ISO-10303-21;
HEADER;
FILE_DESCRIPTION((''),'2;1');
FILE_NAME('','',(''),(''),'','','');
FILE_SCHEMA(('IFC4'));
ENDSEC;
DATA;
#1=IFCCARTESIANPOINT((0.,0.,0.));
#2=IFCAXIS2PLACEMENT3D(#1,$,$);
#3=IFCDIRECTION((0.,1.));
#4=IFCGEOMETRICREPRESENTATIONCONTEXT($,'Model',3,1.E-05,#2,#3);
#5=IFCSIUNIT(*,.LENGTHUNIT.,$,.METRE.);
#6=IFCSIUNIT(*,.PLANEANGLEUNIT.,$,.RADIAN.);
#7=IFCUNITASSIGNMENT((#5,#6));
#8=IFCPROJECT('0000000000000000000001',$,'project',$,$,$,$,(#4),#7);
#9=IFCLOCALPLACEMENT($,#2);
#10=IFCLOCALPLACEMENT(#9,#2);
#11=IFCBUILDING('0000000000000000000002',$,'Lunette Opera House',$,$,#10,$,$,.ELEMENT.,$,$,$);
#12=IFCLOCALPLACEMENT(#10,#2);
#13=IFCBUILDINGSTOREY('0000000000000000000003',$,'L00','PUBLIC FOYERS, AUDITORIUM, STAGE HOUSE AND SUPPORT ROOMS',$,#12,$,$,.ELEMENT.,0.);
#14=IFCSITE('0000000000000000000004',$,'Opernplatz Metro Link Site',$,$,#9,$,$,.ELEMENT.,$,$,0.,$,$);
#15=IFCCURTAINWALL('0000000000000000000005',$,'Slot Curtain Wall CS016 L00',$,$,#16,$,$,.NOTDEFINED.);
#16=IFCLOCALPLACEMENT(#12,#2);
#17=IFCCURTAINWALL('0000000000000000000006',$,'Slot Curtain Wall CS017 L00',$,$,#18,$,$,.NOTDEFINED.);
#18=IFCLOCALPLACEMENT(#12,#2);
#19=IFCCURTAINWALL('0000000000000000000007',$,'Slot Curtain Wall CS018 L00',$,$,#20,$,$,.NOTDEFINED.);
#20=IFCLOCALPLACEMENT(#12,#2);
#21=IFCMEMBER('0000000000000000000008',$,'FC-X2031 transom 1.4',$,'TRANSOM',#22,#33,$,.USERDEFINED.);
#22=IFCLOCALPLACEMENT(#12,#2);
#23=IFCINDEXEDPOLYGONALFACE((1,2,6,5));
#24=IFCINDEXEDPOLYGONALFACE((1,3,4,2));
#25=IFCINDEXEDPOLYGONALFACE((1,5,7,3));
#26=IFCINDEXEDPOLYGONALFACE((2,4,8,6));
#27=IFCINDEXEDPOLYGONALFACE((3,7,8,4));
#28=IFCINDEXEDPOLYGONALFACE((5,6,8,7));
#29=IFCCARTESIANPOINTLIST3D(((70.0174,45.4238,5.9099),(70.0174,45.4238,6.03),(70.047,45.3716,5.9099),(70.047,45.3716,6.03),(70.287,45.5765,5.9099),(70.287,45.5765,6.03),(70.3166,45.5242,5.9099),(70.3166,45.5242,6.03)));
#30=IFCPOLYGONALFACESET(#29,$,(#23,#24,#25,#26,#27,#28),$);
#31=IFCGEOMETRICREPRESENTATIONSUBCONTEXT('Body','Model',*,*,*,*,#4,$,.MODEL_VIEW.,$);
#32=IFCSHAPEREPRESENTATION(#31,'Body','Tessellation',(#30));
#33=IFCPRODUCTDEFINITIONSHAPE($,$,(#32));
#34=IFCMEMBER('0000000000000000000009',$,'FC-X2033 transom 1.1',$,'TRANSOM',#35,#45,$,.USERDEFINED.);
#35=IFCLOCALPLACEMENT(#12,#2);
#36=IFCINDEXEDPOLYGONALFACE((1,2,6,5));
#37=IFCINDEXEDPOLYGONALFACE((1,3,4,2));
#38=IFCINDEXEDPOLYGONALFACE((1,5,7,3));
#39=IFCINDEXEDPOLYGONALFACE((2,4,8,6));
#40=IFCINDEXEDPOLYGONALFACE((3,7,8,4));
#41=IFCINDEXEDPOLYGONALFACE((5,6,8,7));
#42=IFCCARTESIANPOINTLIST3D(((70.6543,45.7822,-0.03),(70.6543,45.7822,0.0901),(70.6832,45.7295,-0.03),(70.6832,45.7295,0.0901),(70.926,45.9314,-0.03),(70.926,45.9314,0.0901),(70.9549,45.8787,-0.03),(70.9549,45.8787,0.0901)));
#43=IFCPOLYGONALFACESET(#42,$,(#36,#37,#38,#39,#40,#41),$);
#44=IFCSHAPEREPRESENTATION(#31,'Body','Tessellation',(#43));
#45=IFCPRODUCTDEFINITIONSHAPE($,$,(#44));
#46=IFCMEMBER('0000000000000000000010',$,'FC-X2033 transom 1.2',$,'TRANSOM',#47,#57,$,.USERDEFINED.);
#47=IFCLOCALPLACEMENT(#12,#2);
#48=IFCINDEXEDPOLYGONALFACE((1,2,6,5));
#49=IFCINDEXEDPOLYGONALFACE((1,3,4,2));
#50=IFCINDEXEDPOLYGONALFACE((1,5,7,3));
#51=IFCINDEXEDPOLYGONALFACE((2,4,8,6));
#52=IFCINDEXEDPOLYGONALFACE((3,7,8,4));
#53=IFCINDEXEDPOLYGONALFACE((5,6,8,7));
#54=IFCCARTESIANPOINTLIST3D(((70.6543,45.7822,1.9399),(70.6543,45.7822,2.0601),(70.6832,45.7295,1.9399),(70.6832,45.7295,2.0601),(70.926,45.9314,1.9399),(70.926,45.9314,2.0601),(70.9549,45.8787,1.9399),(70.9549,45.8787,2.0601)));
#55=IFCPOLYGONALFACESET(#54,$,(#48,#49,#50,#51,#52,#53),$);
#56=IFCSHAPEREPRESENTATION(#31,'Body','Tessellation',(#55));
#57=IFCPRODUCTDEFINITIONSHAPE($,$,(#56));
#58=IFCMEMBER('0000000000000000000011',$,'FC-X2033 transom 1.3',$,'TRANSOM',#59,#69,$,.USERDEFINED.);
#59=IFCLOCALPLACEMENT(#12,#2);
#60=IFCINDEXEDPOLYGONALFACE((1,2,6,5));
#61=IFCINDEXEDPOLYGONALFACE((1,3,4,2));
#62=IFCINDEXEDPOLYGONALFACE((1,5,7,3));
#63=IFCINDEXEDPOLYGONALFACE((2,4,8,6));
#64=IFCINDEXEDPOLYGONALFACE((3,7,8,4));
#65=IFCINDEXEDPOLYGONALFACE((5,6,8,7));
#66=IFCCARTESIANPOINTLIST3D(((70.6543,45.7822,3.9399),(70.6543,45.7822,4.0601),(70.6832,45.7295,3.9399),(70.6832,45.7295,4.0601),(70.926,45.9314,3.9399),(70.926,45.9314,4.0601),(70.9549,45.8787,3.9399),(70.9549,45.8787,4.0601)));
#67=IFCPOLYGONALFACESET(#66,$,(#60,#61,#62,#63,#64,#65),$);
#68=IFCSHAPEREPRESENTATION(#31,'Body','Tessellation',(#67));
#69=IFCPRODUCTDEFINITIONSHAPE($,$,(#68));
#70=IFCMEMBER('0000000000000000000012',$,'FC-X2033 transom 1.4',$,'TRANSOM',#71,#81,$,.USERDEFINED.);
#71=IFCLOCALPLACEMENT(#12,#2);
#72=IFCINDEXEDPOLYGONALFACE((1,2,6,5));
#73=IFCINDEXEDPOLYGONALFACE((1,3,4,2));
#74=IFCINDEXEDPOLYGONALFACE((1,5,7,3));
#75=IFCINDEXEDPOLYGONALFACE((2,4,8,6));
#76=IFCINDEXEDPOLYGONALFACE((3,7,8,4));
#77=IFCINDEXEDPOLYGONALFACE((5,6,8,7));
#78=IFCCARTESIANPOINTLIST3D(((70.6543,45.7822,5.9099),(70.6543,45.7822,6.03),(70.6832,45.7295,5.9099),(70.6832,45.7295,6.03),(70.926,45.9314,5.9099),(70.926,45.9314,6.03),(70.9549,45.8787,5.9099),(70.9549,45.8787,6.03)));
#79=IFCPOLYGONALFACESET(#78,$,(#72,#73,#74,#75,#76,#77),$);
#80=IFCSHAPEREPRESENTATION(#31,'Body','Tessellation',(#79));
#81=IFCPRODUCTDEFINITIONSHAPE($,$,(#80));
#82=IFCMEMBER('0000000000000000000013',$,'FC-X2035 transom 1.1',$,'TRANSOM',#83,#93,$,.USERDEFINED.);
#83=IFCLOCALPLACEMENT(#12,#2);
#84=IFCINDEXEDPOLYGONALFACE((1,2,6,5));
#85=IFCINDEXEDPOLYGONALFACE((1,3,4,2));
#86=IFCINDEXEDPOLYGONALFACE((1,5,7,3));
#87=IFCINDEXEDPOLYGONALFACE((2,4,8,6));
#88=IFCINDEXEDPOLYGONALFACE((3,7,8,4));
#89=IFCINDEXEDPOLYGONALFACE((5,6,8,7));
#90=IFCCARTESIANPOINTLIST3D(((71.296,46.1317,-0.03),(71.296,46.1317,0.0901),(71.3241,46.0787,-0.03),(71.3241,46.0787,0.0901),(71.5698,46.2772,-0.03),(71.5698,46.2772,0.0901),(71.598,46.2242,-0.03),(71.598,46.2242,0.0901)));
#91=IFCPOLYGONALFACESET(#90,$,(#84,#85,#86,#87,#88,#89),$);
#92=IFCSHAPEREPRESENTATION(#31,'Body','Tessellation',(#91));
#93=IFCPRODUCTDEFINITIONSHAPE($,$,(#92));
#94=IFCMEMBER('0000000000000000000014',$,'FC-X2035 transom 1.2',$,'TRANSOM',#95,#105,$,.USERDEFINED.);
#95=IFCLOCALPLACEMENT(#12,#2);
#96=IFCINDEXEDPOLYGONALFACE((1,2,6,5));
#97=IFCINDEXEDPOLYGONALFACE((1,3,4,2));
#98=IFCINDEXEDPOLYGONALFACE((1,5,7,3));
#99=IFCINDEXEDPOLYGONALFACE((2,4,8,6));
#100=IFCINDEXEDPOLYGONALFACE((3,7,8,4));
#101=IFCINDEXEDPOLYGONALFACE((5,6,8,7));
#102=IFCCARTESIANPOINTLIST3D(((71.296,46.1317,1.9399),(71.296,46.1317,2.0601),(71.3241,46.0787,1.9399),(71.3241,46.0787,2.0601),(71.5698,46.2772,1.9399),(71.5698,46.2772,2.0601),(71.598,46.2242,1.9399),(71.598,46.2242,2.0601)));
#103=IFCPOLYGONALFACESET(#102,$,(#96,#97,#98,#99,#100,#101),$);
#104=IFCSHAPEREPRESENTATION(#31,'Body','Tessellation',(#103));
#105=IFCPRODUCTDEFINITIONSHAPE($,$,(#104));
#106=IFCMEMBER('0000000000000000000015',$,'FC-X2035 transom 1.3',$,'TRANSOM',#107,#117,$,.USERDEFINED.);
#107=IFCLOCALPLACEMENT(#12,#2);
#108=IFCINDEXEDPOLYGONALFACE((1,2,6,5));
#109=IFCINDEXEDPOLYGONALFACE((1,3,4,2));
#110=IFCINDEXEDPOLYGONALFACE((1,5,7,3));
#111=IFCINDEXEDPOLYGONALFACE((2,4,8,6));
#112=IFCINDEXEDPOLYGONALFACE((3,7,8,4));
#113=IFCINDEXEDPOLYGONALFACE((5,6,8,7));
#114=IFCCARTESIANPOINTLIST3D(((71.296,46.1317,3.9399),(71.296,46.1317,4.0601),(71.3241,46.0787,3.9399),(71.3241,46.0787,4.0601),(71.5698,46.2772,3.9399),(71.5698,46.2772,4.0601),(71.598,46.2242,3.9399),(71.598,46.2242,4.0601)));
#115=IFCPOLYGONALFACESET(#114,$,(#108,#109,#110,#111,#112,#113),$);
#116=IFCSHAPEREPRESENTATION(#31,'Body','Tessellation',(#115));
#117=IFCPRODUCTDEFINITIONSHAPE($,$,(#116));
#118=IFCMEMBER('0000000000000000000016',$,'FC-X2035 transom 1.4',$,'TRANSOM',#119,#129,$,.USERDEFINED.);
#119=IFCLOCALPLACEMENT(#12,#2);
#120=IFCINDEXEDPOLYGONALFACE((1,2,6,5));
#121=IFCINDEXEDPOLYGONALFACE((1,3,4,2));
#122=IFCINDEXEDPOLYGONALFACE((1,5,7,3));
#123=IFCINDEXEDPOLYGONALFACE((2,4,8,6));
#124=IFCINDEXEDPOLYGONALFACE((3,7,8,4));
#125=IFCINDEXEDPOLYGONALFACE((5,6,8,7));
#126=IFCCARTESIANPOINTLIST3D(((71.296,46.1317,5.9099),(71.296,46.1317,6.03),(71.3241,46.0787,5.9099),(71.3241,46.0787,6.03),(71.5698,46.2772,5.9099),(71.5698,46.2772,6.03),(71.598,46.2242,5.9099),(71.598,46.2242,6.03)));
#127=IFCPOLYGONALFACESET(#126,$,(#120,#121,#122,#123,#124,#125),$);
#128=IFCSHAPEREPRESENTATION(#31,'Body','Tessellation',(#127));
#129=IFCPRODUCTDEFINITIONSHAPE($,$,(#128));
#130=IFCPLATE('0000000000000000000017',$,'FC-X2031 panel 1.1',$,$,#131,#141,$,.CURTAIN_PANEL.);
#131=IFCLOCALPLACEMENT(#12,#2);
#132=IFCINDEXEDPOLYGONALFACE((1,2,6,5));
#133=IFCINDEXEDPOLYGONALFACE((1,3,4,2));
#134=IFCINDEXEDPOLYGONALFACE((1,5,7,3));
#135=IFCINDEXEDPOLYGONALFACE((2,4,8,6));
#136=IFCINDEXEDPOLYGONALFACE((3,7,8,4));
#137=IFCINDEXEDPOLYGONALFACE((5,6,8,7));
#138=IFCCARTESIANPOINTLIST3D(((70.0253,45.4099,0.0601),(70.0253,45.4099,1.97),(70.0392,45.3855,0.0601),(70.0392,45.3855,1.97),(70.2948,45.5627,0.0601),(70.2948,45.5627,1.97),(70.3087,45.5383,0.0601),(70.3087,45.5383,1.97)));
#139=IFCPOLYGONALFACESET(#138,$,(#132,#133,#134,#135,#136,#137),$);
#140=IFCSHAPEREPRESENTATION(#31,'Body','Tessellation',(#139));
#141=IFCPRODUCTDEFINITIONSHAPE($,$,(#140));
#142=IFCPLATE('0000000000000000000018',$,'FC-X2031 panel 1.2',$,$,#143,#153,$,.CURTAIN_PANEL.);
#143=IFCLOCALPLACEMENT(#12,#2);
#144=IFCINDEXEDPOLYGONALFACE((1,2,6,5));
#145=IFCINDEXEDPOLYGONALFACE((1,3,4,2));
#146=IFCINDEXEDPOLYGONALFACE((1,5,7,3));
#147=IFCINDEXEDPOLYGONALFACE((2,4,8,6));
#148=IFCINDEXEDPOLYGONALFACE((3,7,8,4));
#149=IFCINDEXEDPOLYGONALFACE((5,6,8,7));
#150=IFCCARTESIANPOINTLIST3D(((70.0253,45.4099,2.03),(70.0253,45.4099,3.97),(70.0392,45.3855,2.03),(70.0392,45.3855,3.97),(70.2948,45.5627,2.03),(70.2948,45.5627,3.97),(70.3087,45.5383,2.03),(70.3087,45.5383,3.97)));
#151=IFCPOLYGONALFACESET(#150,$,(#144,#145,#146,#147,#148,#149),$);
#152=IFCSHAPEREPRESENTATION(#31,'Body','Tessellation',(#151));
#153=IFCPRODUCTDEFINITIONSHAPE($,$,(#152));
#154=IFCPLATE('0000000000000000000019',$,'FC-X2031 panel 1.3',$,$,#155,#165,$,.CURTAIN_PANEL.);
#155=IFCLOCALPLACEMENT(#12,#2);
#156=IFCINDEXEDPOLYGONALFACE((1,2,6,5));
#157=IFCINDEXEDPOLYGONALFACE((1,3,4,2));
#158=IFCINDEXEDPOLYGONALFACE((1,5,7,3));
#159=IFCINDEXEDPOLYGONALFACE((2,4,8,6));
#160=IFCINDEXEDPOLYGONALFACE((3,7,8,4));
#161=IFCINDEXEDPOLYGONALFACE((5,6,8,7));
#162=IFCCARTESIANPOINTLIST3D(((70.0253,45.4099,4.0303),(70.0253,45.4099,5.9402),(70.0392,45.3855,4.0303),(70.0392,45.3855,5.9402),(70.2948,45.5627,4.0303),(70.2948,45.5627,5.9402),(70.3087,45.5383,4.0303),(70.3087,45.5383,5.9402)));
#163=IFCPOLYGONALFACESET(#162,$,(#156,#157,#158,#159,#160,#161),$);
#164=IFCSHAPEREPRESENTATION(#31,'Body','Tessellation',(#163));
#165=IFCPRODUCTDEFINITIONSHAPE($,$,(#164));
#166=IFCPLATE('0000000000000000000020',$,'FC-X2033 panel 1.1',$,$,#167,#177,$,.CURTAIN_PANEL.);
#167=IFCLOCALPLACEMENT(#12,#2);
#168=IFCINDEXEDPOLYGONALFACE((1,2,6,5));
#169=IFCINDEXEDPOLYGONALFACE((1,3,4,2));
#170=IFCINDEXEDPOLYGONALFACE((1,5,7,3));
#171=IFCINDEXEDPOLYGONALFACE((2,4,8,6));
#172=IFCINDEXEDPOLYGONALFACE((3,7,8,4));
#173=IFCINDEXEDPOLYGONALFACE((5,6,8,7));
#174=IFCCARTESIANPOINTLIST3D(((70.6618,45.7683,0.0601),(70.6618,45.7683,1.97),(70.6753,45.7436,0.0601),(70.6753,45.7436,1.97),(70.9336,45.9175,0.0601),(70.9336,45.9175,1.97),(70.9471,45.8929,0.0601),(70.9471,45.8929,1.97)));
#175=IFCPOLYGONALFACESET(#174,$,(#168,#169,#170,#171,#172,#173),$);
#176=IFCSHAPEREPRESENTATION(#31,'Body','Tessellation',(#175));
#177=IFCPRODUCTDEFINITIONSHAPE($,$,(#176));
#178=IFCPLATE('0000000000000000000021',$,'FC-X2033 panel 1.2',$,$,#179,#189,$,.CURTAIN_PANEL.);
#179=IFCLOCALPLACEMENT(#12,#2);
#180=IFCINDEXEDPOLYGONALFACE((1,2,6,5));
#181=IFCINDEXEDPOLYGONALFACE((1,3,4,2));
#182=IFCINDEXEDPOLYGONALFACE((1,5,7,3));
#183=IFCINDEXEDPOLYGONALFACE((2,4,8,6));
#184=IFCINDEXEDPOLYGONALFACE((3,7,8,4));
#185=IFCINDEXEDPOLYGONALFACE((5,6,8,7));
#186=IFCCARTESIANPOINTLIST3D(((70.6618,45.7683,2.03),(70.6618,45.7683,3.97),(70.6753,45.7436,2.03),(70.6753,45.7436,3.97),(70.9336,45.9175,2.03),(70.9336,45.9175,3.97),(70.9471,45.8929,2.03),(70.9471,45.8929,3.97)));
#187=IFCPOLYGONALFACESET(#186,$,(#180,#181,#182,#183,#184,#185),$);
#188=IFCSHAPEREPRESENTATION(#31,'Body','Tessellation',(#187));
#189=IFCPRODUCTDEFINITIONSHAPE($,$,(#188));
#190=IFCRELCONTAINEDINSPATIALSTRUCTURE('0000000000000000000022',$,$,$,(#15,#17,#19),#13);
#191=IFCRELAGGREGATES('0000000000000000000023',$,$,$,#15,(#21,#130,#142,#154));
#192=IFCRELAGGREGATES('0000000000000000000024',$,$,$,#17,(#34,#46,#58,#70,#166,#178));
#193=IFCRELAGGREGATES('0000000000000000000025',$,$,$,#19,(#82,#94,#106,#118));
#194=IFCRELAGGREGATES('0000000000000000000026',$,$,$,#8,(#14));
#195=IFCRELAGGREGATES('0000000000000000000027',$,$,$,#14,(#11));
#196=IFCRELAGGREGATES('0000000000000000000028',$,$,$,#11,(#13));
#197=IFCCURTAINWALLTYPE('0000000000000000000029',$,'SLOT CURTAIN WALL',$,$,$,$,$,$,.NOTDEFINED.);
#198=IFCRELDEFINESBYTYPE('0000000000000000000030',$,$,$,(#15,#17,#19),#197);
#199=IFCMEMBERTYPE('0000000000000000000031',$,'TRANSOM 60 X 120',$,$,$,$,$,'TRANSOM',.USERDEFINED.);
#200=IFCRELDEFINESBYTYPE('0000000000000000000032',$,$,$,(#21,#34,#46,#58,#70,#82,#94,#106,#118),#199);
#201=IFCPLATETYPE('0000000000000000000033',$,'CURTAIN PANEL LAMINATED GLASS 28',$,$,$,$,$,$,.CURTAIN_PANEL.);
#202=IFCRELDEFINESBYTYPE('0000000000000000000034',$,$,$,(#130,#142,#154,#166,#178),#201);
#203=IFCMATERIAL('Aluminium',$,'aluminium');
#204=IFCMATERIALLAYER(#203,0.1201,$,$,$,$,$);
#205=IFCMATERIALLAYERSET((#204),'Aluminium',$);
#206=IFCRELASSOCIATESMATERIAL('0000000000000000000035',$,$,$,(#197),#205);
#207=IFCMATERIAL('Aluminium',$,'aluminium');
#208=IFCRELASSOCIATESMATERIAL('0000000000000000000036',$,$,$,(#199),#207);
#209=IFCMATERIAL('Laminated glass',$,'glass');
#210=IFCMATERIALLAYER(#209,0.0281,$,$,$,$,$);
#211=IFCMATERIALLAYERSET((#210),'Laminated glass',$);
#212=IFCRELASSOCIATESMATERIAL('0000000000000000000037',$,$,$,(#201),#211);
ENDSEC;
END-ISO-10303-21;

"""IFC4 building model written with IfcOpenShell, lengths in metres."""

from ifc_helpers import new_model, si_unit, direction, frame, origin, origin_2d, place, context, subcontext, project, spatial, rectangle, extrude, material, layer, layer_set, material_profile, profile_set, type_object, element, aggregate, save


model = new_model("IFC4")

# Units and contexts
model_context = context("Model", 3, precision=1e-05, world=origin(), true_north=direction((0.0, 1.0)))
body_context = subcontext(model_context, "Body", "Model", "MODEL_VIEW")
ifc_project = project(units=[si_unit("LENGTHUNIT", "METRE"), si_unit("PLANEANGLEUNIT", "RADIAN")], contexts=[model_context])

# Site, building, storey
site_placement = place(None, origin())
site = spatial("IfcSite", under=ifc_project, at=site_placement, Name="Opernplatz Metro Link Site", CompositionType="ELEMENT", RefElevation=0.0)
building_placement = place(site_placement, origin())
building = spatial("IfcBuilding", under=site, at=building_placement, Name="Lunette Opera House", CompositionType="ELEMENT")
storey_placement = place(building_placement, origin())
storey = spatial("IfcBuildingStorey", under=building, at=storey_placement, Name="L00", Description="PUBLIC FOYERS, AUDITORIUM, STAGE HOUSE AND SUPPORT ROOMS", CompositionType="ELEMENT", Elevation=0.0)

# Shared definitions
ifc_material_1 = material(Name="Aluminium", Category="aluminium")
ifc_layer_1 = layer(ifc_material_1, 0.1201)
ifc_layer_set_1 = layer_set([ifc_layer_1], Name="Aluminium")
curtain_wall_type = type_object("IfcCurtainWallType", Name="SLOT CURTAIN WALL", PredefinedType="NOTDEFINED", material=ifc_layer_set_1)

# Curtain walls
curtain_wall_1_placement = place(storey_placement, origin())
curtain_wall_1 = element("IfcCurtainWall", 1, at=curtain_wall_1_placement, inside=storey, type_object=curtain_wall_type, Name="Slot Curtain Wall CS016 L00", PredefinedType="NOTDEFINED")
curtain_wall_2_placement = place(storey_placement, origin())
curtain_wall_2 = element("IfcCurtainWall", 2, at=curtain_wall_2_placement, inside=storey, type_object=curtain_wall_type, Name="Slot Curtain Wall CS017 L00", PredefinedType="NOTDEFINED")

# Curtain wall
curtain_wall_3_placement = place(storey_placement, origin())
curtain_wall_3 = element("IfcCurtainWall", 3, at=curtain_wall_3_placement, inside=storey, type_object=curtain_wall_type, Name="Slot Curtain Wall CS018 L00", PredefinedType="NOTDEFINED")

# Members
ifc_material_2 = material(Name="Aluminium", Category="aluminium")
ifc_material_profile_1 = material_profile(ifc_material_2, rectangle(XDim=0.0601, YDim=0.1201, at=origin_2d()), Name="TRANSOM 60 X 120")
ifc_profile_set_1 = profile_set([ifc_material_profile_1], Name="Aluminium")
member_type_1 = type_object("IfcMemberType", Name="TRANSOM 60 X 120", ElementType="TRANSOM", PredefinedType="USERDEFINED", material=ifc_profile_set_1)
member_1_placement = place(storey_placement, frame((70.0322, 45.3977, 5.97), z_axis=(0.870225, 0.492655, 0.0), x_axis=(-0.492655, 0.870225, 0.0)))
member_1 = element("IfcMember", 4, at=member_1_placement, type_object=member_type_1, Name="FC-X2031 transom 1.4", ObjectType="TRANSOM", PredefinedType="USERDEFINED", context=body_context, shape_type="SweptSolid", body=[
    extrude(rectangle(XDim=0.0601, YDim=0.1201, at=origin_2d()), origin(), (0.0, 0.0, 1.0), 0.3098),
])
member_2_placement = place(storey_placement, frame((70.6687, 45.7559, 0.03), z_axis=(0.876598, 0.481223, 0.0), x_axis=(-0.481223, 0.876598, 0.0)))
member_2 = element("IfcMember", 5, at=member_2_placement, type_object=member_type_1, Name="FC-X2033 transom 1.1", ObjectType="TRANSOM", PredefinedType="USERDEFINED", context=body_context, shape_type="SweptSolid", body=[
    extrude(rectangle(XDim=0.0601, YDim=0.1201, at=origin_2d()), origin(), (0.0, 0.0, 1.0), 0.3101),
])
member_3_placement = place(storey_placement, frame((70.6687, 45.7559, 2.0), z_axis=(0.876598, 0.481223, 0.0), x_axis=(-0.481223, 0.876598, 0.0)))
member_3 = element("IfcMember", 6, at=member_3_placement, type_object=member_type_1, Name="FC-X2033 transom 1.2", ObjectType="TRANSOM", PredefinedType="USERDEFINED", context=body_context, shape_type="SweptSolid", body=[
    extrude(rectangle(XDim=0.0601, YDim=0.1201, at=origin_2d()), origin(), (0.0, 0.0, 1.0), 0.3101),
])
member_4_placement = place(storey_placement, frame((70.6687, 45.7559, 4.0), z_axis=(0.876598, 0.481223, 0.0), x_axis=(-0.481223, 0.876598, 0.0)))
member_4 = element("IfcMember", 7, at=member_4_placement, type_object=member_type_1, Name="FC-X2033 transom 1.3", ObjectType="TRANSOM", PredefinedType="USERDEFINED", context=body_context, shape_type="SweptSolid", body=[
    extrude(rectangle(XDim=0.0601, YDim=0.1201, at=origin_2d()), origin(), (0.0, 0.0, 1.0), 0.3101),
])
member_5_placement = place(storey_placement, frame((70.6687, 45.7559, 5.97), z_axis=(0.876598, 0.481223, 0.0), x_axis=(-0.481223, 0.876598, 0.0)))
member_5 = element("IfcMember", 8, at=member_5_placement, type_object=member_type_1, Name="FC-X2033 transom 1.4", ObjectType="TRANSOM", PredefinedType="USERDEFINED", context=body_context, shape_type="SweptSolid", body=[
    extrude(rectangle(XDim=0.0601, YDim=0.1201, at=origin_2d()), origin(), (0.0, 0.0, 1.0), 0.3101),
])
member_6_placement = place(storey_placement, frame((71.3101, 46.1052, 0.03), z_axis=(0.883136, 0.469117, 0.0), x_axis=(-0.469117, 0.883136, 0.0)))
member_6 = element("IfcMember", 9, at=member_6_placement, type_object=member_type_1, Name="FC-X2035 transom 1.1", ObjectType="TRANSOM", PredefinedType="USERDEFINED", context=body_context, shape_type="SweptSolid", body=[
    extrude(rectangle(XDim=0.0601, YDim=0.1201, at=origin_2d()), origin(), (0.0, 0.0, 1.0), 0.3101),
])
member_7_placement = place(storey_placement, frame((71.3101, 46.1052, 2.0), z_axis=(0.883136, 0.469117, 0.0), x_axis=(-0.469117, 0.883136, 0.0)))
member_7 = element("IfcMember", 10, at=member_7_placement, type_object=member_type_1, Name="FC-X2035 transom 1.2", ObjectType="TRANSOM", PredefinedType="USERDEFINED", context=body_context, shape_type="SweptSolid", body=[
    extrude(rectangle(XDim=0.0601, YDim=0.1201, at=origin_2d()), origin(), (0.0, 0.0, 1.0), 0.3101),
])
member_8_placement = place(storey_placement, frame((71.3101, 46.1052, 4.0), z_axis=(0.883136, 0.469117, 0.0), x_axis=(-0.469117, 0.883136, 0.0)))
member_8 = element("IfcMember", 11, at=member_8_placement, type_object=member_type_1, Name="FC-X2035 transom 1.3", ObjectType="TRANSOM", PredefinedType="USERDEFINED", context=body_context, shape_type="SweptSolid", body=[
    extrude(rectangle(XDim=0.0601, YDim=0.1201, at=origin_2d()), origin(), (0.0, 0.0, 1.0), 0.3101),
])
member_9_placement = place(storey_placement, frame((71.3101, 46.1052, 5.97), z_axis=(0.883136, 0.469117, 0.0), x_axis=(-0.469117, 0.883136, 0.0)))
member_9 = element("IfcMember", 12, at=member_9_placement, type_object=member_type_1, Name="FC-X2035 transom 1.4", ObjectType="TRANSOM", PredefinedType="USERDEFINED", context=body_context, shape_type="SweptSolid", body=[
    extrude(rectangle(XDim=0.0601, YDim=0.1201, at=origin_2d()), origin(), (0.0, 0.0, 1.0), 0.3101),
])

# Plates
ifc_material_3 = material(Name="Laminated glass", Category="glass")
ifc_layer_2 = layer(ifc_material_3, 0.0281)
ifc_layer_set_2 = layer_set([ifc_layer_2], Name="Laminated glass")
plate_type = type_object("IfcPlateType", Name="CURTAIN PANEL LAMINATED GLASS 28", PredefinedType="CURTAIN_PANEL", material=ifc_layer_set_2)
plate_1_placement = place(storey_placement, frame((70.167, 45.4741, 0.0601), z_axis=(0.0, 0.0, 1.0), x_axis=(0.869956, 0.49313, 0.0)))
plate_1 = element("IfcPlate", 13, at=plate_1_placement, type_object=plate_type, Name="FC-X2031 panel 1.1", PredefinedType="CURTAIN_PANEL", context=body_context, shape_type="SweptSolid", body=[
    extrude(rectangle(XDim=0.3098, YDim=0.0281, at=origin_2d()), origin(), (0.0, 0.0, 1.0), 1.9099),
])
plate_2_placement = place(storey_placement, frame((70.167, 45.4741, 2.03), z_axis=(0.0, 0.0, 1.0), x_axis=(0.869956, 0.49313, 0.0)))
plate_2 = element("IfcPlate", 14, at=plate_2_placement, type_object=plate_type, Name="FC-X2031 panel 1.2", PredefinedType="CURTAIN_PANEL", context=body_context, shape_type="SweptSolid", body=[
    extrude(rectangle(XDim=0.3098, YDim=0.0281, at=origin_2d()), origin(), (0.0, 0.0, 1.0), 1.9399),
])
plate_3_placement = place(storey_placement, frame((70.167, 45.4741, 4.0303), z_axis=(0.0, 0.0, 1.0), x_axis=(0.869956, 0.49313, 0.0)))
plate_3 = element("IfcPlate", 15, at=plate_3_placement, type_object=plate_type, Name="FC-X2031 panel 1.3", PredefinedType="CURTAIN_PANEL", context=body_context, shape_type="SweptSolid", body=[
    extrude(rectangle(XDim=0.3098, YDim=0.0281, at=origin_2d()), origin(), (0.0, 0.0, 1.0), 1.9099),
])
aggregate(curtain_wall_1, [member_1, plate_1, plate_2, plate_3])
plate_4_placement = place(storey_placement, frame((70.8044, 45.8306, 0.0601), z_axis=(0.0, 0.0, 1.0), x_axis=(0.876559, 0.481294, 0.0)))
plate_4 = element("IfcPlate", 16, at=plate_4_placement, type_object=plate_type, Name="FC-X2033 panel 1.1", PredefinedType="CURTAIN_PANEL", context=body_context, shape_type="SweptSolid", body=[
    extrude(rectangle(XDim=0.3101, YDim=0.0281, at=origin_2d()), origin(), (0.0, 0.0, 1.0), 1.9099),
])
plate_5_placement = place(storey_placement, frame((70.8044, 45.8306, 2.03), z_axis=(0.0, 0.0, 1.0), x_axis=(0.876559, 0.481294, 0.0)))
plate_5 = element("IfcPlate", 17, at=plate_5_placement, type_object=plate_type, Name="FC-X2033 panel 1.2", PredefinedType="CURTAIN_PANEL", context=body_context, shape_type="SweptSolid", body=[
    extrude(rectangle(XDim=0.3101, YDim=0.0281, at=origin_2d()), origin(), (0.0, 0.0, 1.0), 1.9399),
])
aggregate(curtain_wall_2, [member_2, member_3, member_4, member_5, plate_4, plate_5])
aggregate(curtain_wall_3, [member_6, member_7, member_8, member_9])

save(model, "model.ifc")
